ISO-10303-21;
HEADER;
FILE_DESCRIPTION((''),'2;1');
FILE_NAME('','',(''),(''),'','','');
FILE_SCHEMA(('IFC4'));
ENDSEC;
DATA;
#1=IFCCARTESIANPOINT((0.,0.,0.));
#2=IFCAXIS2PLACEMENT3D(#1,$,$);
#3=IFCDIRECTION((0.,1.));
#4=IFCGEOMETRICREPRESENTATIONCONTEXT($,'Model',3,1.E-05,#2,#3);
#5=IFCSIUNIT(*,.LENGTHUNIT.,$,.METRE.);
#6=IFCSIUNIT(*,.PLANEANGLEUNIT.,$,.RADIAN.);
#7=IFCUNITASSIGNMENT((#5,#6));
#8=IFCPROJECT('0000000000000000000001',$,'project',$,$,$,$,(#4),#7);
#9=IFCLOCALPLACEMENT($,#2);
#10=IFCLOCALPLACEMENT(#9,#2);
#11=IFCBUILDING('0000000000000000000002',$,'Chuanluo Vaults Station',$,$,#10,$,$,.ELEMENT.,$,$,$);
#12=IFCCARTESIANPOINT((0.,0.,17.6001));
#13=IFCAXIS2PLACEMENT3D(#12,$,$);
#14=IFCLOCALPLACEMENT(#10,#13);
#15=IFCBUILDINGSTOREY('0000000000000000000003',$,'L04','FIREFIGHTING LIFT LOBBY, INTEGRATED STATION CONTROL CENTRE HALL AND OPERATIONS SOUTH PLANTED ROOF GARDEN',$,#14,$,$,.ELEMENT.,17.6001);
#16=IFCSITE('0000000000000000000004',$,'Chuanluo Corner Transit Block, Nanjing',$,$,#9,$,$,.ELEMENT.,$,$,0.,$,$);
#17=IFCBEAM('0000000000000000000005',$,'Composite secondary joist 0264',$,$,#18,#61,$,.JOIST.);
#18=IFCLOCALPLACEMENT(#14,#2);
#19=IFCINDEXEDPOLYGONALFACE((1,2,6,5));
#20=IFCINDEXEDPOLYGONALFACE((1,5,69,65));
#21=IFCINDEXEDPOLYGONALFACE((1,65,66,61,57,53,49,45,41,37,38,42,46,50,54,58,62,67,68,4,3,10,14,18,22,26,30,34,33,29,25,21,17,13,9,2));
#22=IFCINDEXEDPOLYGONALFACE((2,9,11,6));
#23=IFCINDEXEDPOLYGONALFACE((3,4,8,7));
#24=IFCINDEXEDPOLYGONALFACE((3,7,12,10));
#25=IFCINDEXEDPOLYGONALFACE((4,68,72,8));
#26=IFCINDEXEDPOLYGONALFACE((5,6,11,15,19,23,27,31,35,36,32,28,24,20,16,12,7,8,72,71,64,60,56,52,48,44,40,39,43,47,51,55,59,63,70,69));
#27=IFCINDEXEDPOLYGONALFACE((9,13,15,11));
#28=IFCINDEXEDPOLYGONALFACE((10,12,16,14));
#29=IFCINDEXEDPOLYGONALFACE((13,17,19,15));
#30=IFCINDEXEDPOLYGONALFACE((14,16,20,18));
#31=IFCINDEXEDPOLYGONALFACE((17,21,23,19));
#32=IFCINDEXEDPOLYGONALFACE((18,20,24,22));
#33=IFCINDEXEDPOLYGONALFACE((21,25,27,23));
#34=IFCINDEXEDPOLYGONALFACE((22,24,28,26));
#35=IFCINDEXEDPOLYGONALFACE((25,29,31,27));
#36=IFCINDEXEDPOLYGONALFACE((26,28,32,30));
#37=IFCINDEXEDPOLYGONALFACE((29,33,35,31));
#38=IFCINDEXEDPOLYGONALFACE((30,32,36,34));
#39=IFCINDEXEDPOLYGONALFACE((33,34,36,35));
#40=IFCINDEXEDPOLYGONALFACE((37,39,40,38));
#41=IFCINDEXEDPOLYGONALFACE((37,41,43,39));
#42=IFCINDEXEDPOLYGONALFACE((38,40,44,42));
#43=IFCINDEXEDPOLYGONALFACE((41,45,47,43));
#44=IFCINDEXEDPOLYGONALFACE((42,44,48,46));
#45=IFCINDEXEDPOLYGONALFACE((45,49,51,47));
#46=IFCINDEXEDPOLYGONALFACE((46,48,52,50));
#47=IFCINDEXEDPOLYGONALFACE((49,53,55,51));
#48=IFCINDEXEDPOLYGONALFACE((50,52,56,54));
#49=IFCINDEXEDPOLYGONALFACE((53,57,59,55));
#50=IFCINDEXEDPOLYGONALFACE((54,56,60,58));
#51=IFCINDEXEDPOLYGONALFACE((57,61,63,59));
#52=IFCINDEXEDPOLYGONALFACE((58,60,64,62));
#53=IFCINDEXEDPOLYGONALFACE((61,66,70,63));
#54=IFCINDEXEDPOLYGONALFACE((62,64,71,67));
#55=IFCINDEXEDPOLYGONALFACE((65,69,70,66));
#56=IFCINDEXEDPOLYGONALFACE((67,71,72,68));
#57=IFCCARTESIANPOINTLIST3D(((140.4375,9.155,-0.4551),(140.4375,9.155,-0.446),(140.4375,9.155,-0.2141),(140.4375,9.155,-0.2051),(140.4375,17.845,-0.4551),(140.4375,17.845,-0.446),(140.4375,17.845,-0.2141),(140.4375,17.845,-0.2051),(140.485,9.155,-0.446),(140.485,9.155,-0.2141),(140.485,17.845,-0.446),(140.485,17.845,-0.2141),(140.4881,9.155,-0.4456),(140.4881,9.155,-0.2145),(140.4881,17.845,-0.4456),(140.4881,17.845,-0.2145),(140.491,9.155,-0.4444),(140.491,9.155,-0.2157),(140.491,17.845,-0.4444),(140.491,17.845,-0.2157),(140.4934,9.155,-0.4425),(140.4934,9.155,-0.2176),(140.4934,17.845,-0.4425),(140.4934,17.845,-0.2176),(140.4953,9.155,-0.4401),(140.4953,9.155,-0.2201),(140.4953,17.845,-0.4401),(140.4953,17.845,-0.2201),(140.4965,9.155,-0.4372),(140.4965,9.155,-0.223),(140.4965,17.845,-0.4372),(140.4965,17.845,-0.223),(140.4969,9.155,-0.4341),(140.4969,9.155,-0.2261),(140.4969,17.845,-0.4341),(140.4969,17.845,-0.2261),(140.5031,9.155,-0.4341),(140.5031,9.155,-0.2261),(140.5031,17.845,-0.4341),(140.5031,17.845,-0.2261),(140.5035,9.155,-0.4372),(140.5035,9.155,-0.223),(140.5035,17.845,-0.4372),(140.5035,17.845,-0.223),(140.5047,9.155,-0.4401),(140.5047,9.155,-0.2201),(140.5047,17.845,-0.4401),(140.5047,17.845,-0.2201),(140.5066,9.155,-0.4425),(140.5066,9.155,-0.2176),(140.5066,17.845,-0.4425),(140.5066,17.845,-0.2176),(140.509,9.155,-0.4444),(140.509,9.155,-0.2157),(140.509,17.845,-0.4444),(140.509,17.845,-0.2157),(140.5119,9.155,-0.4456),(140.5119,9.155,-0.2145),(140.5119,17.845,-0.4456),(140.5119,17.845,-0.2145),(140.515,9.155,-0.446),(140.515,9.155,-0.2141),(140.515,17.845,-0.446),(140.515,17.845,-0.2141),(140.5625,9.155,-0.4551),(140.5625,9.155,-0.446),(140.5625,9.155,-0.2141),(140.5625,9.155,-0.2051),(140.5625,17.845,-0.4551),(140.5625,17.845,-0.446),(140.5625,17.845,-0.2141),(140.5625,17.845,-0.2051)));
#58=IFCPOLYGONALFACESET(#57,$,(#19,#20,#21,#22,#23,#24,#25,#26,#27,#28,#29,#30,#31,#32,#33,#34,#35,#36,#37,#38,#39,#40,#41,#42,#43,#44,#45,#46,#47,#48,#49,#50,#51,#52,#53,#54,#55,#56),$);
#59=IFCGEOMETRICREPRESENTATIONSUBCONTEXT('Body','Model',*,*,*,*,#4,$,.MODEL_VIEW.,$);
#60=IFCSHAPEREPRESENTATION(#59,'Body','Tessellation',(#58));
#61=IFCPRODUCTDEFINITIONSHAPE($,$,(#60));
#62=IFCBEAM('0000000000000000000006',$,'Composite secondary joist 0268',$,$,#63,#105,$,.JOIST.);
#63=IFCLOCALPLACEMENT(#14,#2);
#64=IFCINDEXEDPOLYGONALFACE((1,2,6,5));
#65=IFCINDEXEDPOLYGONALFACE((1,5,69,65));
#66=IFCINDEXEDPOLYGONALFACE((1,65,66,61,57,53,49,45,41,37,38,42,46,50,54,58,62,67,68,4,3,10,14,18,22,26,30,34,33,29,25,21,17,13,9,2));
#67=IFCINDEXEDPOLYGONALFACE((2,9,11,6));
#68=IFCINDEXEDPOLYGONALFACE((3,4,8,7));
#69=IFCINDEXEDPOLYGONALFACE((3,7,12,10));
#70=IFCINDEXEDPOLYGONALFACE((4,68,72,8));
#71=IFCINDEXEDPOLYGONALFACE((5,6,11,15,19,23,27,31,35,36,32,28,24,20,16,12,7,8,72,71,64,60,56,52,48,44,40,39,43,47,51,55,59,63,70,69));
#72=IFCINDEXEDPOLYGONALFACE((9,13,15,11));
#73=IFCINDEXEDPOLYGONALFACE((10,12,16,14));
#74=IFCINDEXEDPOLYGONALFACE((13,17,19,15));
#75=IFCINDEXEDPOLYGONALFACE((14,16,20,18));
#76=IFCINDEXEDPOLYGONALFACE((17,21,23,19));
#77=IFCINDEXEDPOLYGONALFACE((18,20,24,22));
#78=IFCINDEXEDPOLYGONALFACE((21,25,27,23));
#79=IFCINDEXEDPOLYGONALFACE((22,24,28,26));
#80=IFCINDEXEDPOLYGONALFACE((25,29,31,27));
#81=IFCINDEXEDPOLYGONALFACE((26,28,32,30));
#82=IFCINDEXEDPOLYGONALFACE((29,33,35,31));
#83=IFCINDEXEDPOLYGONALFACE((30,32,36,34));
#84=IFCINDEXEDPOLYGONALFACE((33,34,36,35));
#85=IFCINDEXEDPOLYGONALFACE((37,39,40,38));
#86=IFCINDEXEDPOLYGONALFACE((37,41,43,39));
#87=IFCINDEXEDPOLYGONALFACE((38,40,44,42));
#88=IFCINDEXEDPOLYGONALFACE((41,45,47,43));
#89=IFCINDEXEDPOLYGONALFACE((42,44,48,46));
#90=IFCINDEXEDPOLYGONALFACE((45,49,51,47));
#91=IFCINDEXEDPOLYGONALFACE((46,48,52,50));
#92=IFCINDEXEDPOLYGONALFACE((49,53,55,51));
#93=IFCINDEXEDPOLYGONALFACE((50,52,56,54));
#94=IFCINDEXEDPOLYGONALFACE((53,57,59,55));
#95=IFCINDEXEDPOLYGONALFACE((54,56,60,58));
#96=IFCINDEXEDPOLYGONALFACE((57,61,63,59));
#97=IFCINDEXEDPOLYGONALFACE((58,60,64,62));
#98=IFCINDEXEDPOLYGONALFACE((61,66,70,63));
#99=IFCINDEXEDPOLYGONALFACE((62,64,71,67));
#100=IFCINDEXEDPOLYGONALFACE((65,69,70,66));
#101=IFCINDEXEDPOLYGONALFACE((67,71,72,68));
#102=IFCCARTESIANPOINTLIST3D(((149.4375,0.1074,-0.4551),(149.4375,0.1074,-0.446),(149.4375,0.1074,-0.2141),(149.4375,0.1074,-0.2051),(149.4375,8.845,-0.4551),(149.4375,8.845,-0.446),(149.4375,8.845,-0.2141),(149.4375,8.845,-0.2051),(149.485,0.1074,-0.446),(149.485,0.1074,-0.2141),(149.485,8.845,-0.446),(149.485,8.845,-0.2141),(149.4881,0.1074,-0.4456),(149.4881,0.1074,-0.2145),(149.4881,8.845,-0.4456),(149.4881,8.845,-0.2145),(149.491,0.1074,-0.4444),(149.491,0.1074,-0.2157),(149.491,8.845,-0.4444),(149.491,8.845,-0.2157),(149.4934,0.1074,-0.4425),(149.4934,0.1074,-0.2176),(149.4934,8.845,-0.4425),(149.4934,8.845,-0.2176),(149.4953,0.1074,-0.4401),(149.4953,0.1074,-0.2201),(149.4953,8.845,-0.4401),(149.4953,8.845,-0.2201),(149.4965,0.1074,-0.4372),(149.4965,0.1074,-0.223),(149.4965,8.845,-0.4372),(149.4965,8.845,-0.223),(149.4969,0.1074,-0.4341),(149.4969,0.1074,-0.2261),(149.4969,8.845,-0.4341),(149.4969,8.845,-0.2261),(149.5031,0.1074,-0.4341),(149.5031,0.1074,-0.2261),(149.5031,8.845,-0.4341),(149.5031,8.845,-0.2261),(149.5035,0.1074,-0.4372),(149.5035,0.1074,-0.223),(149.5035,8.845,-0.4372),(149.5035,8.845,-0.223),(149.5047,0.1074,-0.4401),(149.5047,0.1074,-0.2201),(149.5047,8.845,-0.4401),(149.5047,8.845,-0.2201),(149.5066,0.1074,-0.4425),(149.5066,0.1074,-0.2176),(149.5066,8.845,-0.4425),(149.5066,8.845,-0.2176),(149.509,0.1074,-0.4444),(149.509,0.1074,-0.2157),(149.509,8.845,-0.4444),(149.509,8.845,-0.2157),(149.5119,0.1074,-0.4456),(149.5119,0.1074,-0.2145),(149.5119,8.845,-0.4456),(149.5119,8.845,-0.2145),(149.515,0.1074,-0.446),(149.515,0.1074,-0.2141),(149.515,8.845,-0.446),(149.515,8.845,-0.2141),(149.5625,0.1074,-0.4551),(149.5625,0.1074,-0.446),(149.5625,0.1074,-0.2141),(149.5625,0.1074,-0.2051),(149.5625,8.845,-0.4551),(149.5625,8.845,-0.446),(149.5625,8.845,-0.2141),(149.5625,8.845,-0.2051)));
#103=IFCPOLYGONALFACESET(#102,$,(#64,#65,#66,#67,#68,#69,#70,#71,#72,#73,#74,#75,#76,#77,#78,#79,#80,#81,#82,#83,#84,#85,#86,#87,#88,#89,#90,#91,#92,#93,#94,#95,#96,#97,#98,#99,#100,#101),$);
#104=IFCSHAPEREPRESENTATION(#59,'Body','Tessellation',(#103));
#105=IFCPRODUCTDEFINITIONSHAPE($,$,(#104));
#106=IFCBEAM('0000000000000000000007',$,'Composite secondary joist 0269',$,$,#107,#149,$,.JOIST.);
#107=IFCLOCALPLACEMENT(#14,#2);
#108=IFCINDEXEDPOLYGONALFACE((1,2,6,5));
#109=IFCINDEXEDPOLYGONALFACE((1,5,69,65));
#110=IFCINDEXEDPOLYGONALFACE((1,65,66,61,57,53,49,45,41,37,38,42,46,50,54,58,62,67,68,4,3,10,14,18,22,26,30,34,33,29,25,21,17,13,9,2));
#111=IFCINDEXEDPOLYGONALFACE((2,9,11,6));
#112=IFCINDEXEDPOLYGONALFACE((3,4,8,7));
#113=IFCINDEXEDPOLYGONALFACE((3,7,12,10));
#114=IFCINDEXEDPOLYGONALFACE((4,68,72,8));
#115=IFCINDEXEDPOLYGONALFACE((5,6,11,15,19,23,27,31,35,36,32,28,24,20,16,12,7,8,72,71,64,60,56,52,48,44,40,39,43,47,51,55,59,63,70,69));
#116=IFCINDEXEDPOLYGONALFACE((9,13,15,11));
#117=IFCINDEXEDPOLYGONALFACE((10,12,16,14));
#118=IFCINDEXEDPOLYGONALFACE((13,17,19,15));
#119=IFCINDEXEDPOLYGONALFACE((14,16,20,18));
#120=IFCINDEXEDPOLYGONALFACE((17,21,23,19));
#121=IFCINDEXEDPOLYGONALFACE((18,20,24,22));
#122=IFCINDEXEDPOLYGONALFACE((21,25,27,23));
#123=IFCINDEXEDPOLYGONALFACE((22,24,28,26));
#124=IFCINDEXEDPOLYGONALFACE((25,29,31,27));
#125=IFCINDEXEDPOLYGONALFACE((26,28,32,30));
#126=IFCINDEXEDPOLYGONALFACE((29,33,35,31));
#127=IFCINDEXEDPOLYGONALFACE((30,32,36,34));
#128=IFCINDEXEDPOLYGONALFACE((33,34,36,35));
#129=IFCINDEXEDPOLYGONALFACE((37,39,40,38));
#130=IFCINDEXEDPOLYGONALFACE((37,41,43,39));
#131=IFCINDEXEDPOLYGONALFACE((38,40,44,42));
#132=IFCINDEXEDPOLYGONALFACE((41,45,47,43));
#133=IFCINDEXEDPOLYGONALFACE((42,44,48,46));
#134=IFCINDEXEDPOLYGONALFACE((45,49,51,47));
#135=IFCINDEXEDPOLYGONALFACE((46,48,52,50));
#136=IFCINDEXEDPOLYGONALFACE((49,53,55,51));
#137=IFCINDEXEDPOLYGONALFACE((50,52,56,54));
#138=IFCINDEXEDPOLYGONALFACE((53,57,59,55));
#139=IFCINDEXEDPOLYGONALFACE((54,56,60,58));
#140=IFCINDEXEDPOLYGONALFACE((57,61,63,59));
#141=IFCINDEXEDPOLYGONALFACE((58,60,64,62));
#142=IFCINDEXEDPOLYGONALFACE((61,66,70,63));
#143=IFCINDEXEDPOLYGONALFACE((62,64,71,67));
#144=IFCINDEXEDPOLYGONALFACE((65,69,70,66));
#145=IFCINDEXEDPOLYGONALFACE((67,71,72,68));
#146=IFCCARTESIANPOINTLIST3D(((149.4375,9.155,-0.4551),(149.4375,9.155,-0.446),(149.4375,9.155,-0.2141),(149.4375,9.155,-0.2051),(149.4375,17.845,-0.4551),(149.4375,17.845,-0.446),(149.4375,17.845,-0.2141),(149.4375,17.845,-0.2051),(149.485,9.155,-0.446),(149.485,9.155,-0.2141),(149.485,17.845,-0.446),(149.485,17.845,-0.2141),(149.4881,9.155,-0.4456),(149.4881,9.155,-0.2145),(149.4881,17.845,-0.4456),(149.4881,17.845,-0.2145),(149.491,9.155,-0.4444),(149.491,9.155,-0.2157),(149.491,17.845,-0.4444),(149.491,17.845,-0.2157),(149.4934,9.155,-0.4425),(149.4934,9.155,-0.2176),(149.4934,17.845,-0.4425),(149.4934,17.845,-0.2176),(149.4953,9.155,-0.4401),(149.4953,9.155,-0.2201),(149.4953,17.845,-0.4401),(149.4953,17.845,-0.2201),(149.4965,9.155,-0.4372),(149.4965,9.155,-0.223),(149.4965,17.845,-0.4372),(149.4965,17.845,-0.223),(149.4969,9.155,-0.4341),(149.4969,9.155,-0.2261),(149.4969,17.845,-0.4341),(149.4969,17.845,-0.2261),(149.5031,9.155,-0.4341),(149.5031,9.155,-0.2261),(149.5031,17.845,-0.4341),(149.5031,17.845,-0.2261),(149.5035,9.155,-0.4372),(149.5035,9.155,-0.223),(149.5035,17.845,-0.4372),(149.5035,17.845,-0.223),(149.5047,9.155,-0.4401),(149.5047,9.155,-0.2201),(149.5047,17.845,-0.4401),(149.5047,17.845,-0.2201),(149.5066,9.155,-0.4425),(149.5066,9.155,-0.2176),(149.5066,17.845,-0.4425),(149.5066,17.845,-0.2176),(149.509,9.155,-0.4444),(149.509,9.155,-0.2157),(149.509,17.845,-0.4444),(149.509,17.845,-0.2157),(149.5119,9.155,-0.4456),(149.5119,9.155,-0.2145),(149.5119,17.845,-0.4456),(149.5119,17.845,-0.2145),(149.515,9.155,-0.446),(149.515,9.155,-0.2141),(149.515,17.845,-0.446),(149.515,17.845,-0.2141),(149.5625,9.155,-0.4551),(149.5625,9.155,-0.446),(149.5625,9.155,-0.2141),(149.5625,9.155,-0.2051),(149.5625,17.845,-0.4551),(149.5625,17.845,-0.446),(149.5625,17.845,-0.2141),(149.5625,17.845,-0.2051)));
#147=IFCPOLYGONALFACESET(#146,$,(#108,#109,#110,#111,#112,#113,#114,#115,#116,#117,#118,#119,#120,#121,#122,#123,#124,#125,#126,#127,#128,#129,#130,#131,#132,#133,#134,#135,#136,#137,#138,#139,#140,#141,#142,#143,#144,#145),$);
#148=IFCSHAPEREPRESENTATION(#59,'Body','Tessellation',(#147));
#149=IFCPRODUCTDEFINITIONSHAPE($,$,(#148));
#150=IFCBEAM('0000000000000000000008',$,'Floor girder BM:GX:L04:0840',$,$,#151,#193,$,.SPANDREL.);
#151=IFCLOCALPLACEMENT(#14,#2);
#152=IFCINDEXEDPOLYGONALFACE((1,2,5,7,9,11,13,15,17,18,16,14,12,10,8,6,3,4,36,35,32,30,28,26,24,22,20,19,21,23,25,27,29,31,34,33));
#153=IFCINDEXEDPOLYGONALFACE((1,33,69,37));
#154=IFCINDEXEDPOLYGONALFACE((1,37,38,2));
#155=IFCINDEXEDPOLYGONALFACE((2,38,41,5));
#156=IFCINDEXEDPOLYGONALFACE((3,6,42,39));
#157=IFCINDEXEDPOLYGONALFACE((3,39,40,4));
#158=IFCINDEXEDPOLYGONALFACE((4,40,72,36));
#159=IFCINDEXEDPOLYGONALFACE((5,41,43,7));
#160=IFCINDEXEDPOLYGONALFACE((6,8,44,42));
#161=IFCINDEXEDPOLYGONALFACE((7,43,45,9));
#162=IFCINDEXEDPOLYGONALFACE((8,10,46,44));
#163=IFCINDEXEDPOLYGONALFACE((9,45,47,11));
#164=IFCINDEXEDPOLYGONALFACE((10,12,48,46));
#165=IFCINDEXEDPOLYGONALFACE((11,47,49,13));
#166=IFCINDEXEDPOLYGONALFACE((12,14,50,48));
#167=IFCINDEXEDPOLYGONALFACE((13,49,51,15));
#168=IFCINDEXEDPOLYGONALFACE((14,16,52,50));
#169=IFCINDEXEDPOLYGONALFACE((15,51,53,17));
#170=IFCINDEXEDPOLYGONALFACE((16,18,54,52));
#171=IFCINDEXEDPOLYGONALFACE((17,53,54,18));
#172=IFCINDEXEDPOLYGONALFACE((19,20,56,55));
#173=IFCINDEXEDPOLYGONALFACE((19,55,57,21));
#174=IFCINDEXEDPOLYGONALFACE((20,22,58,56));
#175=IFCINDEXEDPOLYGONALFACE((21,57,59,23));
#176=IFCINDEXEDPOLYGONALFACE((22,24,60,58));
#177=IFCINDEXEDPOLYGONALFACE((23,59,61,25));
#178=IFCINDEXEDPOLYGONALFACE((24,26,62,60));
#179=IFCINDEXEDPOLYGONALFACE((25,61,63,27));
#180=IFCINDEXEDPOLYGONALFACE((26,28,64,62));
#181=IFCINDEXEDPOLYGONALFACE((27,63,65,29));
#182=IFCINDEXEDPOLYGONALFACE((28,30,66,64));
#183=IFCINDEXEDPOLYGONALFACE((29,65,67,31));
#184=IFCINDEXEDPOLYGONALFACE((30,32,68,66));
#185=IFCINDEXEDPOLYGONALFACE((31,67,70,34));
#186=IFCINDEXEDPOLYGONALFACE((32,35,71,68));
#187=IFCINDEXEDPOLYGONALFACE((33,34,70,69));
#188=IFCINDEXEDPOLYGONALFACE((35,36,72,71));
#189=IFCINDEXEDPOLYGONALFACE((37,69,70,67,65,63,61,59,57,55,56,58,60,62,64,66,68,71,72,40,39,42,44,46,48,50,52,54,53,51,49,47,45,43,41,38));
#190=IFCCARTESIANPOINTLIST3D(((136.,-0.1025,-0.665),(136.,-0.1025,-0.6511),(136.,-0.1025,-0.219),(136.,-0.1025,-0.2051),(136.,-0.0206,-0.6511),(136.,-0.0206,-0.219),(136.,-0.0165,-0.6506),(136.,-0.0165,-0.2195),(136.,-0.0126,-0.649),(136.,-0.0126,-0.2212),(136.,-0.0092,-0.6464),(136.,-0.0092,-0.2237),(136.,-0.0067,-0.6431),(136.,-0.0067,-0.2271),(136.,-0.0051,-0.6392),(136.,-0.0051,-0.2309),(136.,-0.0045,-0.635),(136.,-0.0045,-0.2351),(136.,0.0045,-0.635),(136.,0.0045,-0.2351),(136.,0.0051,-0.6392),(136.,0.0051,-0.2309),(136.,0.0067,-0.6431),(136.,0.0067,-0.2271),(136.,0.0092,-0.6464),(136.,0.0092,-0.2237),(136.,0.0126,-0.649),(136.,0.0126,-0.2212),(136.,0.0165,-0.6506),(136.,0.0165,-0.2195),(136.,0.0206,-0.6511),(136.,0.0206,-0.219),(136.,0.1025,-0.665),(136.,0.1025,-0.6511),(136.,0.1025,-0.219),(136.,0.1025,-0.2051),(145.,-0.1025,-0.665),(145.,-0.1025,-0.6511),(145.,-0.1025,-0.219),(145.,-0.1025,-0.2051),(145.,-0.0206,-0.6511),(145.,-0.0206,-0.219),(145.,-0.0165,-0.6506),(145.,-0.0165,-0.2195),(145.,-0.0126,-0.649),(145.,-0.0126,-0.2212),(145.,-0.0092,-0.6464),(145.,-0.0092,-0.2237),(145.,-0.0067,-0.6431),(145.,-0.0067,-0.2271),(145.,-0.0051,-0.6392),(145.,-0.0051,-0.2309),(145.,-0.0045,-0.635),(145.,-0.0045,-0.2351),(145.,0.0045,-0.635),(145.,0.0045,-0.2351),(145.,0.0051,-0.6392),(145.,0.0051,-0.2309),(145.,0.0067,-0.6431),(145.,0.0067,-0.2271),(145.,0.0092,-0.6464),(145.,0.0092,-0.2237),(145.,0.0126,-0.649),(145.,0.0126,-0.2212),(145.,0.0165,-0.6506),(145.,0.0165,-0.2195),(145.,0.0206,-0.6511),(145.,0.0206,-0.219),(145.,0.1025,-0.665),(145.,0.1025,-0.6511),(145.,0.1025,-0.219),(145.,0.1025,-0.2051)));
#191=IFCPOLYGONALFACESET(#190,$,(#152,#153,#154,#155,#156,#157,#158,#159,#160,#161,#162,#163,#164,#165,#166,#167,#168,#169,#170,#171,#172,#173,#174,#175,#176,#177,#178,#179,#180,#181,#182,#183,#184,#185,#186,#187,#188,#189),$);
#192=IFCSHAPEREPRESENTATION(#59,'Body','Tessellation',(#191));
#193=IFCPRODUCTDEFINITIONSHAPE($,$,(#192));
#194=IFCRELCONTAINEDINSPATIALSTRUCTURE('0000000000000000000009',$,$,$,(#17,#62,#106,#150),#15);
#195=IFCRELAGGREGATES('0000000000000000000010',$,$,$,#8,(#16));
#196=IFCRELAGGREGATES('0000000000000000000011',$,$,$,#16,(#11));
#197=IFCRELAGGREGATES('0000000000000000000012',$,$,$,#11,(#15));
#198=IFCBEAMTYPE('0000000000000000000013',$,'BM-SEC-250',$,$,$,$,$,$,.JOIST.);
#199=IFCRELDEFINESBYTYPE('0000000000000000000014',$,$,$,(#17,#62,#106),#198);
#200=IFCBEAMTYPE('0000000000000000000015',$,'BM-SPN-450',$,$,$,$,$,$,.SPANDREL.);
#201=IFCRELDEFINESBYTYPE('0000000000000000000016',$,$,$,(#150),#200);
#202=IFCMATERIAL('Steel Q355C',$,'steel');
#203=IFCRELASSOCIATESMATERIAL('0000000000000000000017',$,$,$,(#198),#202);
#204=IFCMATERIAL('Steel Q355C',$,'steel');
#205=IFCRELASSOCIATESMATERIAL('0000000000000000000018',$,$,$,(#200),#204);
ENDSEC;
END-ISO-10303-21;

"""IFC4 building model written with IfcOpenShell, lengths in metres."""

from ifc_helpers import new_model, si_unit, direction, frame, origin, origin_2d, place, context, subcontext, project, spatial, i_section, extrude, material, material_profile, profile_set, type_object, element, save


model = new_model("IFC4")

# Units and contexts
model_context = context("Model", 3, precision=1e-05, world=origin(), true_north=direction((0.0, 1.0)))
body_context = subcontext(model_context, "Body", "Model", "MODEL_VIEW")
ifc_project = project(units=[si_unit("LENGTHUNIT", "METRE"), si_unit("PLANEANGLEUNIT", "RADIAN")], contexts=[model_context])

# Site, building, storey
site_placement = place(None, origin())
site = spatial("IfcSite", under=ifc_project, at=site_placement, Name="Chuanluo Corner Transit Block, Nanjing", CompositionType="ELEMENT", RefElevation=0.0)
building_placement = place(site_placement, origin())
building = spatial("IfcBuilding", under=site, at=building_placement, Name="Chuanluo Vaults Station", CompositionType="ELEMENT")
storey_placement = place(building_placement, frame((0.0, 0.0, 17.6001)))
storey = spatial("IfcBuildingStorey", under=building, at=storey_placement, Name="L04", Description="FIREFIGHTING LIFT LOBBY, INTEGRATED STATION CONTROL CENTRE HALL AND OPERATIONS SOUTH PLANTED ROOF GARDEN", CompositionType="ELEMENT", Elevation=17.6001)

# Beams
ifc_material_1 = material(Name="Steel Q355C", Category="steel")
ifc_material_profile_1 = material_profile(ifc_material_1, i_section(OverallWidth=0.125, OverallDepth=0.25, WebThickness=0.0061, FlangeThickness=0.009, FilletRadius=0.012, at=origin_2d()))
ifc_profile_set_1 = profile_set([ifc_material_profile_1], Name="Steel Q355C")
beam_type_1 = type_object("IfcBeamType", Name="BM-SEC-250", PredefinedType="JOIST", material=ifc_profile_set_1)
beam_1_placement = place(storey_placement, frame((140.5, 9.155, -0.3301), z_axis=(0.0, 1.0, 0.0), x_axis=(-1.0, 0.0, 0.0)))
element("IfcBeam", 1, at=beam_1_placement, inside=storey, type_object=beam_type_1, Name="Composite secondary joist 0264", PredefinedType="JOIST", context=body_context, shape_type="SweptSolid", body=[
    extrude(i_section(OverallWidth=0.125, OverallDepth=0.25, WebThickness=0.0061, FlangeThickness=0.009, FilletRadius=0.012, at=origin_2d()), origin(), (0.0, 0.0, 1.0), 8.6899),
])
beam_2_placement = place(storey_placement, frame((149.5, 0.1074, -0.3301), z_axis=(0.0, 1.0, 0.0), x_axis=(-1.0, 0.0, 0.0)))
element("IfcBeam", 2, at=beam_2_placement, inside=storey, type_object=beam_type_1, Name="Composite secondary joist 0268", PredefinedType="JOIST", context=body_context, shape_type="SweptSolid", body=[
    extrude(i_section(OverallWidth=0.125, OverallDepth=0.25, WebThickness=0.0061, FlangeThickness=0.009, FilletRadius=0.012, at=origin_2d()), origin(), (0.0, 0.0, 1.0), 8.7375),
])
beam_3_placement = place(storey_placement, frame((149.5, 9.155, -0.3301), z_axis=(0.0, 1.0, 0.0), x_axis=(-1.0, 0.0, 0.0)))
element("IfcBeam", 3, at=beam_3_placement, inside=storey, type_object=beam_type_1, Name="Composite secondary joist 0269", PredefinedType="JOIST", context=body_context, shape_type="SweptSolid", body=[
    extrude(i_section(OverallWidth=0.125, OverallDepth=0.25, WebThickness=0.0061, FlangeThickness=0.009, FilletRadius=0.012, at=origin_2d()), origin(), (0.0, 0.0, 1.0), 8.6899),
])
ifc_material_2 = material(Name="Steel Q355C", Category="steel")
ifc_material_profile_2 = material_profile(ifc_material_2, i_section(OverallWidth=0.2051, OverallDepth=0.46, WebThickness=0.009, FlangeThickness=0.0139, FilletRadius=0.0161, at=origin_2d()))
ifc_profile_set_2 = profile_set([ifc_material_profile_2], Name="Steel Q355C")
beam_type_2 = type_object("IfcBeamType", Name="BM-SPN-450", PredefinedType="SPANDREL", material=ifc_profile_set_2)
for number, where, z_axis, x_axis, name in (
    (4, (136.0, 0.0, -0.4351), (1.0, 0.0, 0.0), (0.0, 1.0, 0.0), "Floor girder BM:GX:L04:0840"),
):
    element("IfcBeam", number, at=place(storey_placement, frame(where, z_axis=z_axis, x_axis=x_axis)), inside=storey, type_object=beam_type_2, Name=name, PredefinedType="SPANDREL", context=body_context, shape_type="SweptSolid", body=[
        extrude(i_section(OverallWidth=0.2051, OverallDepth=0.46, WebThickness=0.009, FlangeThickness=0.0139, FilletRadius=0.0161, at=origin_2d()), origin(), (0.0, 0.0, 1.0), 9.0),
    ])

save(model, "model.ifc")
